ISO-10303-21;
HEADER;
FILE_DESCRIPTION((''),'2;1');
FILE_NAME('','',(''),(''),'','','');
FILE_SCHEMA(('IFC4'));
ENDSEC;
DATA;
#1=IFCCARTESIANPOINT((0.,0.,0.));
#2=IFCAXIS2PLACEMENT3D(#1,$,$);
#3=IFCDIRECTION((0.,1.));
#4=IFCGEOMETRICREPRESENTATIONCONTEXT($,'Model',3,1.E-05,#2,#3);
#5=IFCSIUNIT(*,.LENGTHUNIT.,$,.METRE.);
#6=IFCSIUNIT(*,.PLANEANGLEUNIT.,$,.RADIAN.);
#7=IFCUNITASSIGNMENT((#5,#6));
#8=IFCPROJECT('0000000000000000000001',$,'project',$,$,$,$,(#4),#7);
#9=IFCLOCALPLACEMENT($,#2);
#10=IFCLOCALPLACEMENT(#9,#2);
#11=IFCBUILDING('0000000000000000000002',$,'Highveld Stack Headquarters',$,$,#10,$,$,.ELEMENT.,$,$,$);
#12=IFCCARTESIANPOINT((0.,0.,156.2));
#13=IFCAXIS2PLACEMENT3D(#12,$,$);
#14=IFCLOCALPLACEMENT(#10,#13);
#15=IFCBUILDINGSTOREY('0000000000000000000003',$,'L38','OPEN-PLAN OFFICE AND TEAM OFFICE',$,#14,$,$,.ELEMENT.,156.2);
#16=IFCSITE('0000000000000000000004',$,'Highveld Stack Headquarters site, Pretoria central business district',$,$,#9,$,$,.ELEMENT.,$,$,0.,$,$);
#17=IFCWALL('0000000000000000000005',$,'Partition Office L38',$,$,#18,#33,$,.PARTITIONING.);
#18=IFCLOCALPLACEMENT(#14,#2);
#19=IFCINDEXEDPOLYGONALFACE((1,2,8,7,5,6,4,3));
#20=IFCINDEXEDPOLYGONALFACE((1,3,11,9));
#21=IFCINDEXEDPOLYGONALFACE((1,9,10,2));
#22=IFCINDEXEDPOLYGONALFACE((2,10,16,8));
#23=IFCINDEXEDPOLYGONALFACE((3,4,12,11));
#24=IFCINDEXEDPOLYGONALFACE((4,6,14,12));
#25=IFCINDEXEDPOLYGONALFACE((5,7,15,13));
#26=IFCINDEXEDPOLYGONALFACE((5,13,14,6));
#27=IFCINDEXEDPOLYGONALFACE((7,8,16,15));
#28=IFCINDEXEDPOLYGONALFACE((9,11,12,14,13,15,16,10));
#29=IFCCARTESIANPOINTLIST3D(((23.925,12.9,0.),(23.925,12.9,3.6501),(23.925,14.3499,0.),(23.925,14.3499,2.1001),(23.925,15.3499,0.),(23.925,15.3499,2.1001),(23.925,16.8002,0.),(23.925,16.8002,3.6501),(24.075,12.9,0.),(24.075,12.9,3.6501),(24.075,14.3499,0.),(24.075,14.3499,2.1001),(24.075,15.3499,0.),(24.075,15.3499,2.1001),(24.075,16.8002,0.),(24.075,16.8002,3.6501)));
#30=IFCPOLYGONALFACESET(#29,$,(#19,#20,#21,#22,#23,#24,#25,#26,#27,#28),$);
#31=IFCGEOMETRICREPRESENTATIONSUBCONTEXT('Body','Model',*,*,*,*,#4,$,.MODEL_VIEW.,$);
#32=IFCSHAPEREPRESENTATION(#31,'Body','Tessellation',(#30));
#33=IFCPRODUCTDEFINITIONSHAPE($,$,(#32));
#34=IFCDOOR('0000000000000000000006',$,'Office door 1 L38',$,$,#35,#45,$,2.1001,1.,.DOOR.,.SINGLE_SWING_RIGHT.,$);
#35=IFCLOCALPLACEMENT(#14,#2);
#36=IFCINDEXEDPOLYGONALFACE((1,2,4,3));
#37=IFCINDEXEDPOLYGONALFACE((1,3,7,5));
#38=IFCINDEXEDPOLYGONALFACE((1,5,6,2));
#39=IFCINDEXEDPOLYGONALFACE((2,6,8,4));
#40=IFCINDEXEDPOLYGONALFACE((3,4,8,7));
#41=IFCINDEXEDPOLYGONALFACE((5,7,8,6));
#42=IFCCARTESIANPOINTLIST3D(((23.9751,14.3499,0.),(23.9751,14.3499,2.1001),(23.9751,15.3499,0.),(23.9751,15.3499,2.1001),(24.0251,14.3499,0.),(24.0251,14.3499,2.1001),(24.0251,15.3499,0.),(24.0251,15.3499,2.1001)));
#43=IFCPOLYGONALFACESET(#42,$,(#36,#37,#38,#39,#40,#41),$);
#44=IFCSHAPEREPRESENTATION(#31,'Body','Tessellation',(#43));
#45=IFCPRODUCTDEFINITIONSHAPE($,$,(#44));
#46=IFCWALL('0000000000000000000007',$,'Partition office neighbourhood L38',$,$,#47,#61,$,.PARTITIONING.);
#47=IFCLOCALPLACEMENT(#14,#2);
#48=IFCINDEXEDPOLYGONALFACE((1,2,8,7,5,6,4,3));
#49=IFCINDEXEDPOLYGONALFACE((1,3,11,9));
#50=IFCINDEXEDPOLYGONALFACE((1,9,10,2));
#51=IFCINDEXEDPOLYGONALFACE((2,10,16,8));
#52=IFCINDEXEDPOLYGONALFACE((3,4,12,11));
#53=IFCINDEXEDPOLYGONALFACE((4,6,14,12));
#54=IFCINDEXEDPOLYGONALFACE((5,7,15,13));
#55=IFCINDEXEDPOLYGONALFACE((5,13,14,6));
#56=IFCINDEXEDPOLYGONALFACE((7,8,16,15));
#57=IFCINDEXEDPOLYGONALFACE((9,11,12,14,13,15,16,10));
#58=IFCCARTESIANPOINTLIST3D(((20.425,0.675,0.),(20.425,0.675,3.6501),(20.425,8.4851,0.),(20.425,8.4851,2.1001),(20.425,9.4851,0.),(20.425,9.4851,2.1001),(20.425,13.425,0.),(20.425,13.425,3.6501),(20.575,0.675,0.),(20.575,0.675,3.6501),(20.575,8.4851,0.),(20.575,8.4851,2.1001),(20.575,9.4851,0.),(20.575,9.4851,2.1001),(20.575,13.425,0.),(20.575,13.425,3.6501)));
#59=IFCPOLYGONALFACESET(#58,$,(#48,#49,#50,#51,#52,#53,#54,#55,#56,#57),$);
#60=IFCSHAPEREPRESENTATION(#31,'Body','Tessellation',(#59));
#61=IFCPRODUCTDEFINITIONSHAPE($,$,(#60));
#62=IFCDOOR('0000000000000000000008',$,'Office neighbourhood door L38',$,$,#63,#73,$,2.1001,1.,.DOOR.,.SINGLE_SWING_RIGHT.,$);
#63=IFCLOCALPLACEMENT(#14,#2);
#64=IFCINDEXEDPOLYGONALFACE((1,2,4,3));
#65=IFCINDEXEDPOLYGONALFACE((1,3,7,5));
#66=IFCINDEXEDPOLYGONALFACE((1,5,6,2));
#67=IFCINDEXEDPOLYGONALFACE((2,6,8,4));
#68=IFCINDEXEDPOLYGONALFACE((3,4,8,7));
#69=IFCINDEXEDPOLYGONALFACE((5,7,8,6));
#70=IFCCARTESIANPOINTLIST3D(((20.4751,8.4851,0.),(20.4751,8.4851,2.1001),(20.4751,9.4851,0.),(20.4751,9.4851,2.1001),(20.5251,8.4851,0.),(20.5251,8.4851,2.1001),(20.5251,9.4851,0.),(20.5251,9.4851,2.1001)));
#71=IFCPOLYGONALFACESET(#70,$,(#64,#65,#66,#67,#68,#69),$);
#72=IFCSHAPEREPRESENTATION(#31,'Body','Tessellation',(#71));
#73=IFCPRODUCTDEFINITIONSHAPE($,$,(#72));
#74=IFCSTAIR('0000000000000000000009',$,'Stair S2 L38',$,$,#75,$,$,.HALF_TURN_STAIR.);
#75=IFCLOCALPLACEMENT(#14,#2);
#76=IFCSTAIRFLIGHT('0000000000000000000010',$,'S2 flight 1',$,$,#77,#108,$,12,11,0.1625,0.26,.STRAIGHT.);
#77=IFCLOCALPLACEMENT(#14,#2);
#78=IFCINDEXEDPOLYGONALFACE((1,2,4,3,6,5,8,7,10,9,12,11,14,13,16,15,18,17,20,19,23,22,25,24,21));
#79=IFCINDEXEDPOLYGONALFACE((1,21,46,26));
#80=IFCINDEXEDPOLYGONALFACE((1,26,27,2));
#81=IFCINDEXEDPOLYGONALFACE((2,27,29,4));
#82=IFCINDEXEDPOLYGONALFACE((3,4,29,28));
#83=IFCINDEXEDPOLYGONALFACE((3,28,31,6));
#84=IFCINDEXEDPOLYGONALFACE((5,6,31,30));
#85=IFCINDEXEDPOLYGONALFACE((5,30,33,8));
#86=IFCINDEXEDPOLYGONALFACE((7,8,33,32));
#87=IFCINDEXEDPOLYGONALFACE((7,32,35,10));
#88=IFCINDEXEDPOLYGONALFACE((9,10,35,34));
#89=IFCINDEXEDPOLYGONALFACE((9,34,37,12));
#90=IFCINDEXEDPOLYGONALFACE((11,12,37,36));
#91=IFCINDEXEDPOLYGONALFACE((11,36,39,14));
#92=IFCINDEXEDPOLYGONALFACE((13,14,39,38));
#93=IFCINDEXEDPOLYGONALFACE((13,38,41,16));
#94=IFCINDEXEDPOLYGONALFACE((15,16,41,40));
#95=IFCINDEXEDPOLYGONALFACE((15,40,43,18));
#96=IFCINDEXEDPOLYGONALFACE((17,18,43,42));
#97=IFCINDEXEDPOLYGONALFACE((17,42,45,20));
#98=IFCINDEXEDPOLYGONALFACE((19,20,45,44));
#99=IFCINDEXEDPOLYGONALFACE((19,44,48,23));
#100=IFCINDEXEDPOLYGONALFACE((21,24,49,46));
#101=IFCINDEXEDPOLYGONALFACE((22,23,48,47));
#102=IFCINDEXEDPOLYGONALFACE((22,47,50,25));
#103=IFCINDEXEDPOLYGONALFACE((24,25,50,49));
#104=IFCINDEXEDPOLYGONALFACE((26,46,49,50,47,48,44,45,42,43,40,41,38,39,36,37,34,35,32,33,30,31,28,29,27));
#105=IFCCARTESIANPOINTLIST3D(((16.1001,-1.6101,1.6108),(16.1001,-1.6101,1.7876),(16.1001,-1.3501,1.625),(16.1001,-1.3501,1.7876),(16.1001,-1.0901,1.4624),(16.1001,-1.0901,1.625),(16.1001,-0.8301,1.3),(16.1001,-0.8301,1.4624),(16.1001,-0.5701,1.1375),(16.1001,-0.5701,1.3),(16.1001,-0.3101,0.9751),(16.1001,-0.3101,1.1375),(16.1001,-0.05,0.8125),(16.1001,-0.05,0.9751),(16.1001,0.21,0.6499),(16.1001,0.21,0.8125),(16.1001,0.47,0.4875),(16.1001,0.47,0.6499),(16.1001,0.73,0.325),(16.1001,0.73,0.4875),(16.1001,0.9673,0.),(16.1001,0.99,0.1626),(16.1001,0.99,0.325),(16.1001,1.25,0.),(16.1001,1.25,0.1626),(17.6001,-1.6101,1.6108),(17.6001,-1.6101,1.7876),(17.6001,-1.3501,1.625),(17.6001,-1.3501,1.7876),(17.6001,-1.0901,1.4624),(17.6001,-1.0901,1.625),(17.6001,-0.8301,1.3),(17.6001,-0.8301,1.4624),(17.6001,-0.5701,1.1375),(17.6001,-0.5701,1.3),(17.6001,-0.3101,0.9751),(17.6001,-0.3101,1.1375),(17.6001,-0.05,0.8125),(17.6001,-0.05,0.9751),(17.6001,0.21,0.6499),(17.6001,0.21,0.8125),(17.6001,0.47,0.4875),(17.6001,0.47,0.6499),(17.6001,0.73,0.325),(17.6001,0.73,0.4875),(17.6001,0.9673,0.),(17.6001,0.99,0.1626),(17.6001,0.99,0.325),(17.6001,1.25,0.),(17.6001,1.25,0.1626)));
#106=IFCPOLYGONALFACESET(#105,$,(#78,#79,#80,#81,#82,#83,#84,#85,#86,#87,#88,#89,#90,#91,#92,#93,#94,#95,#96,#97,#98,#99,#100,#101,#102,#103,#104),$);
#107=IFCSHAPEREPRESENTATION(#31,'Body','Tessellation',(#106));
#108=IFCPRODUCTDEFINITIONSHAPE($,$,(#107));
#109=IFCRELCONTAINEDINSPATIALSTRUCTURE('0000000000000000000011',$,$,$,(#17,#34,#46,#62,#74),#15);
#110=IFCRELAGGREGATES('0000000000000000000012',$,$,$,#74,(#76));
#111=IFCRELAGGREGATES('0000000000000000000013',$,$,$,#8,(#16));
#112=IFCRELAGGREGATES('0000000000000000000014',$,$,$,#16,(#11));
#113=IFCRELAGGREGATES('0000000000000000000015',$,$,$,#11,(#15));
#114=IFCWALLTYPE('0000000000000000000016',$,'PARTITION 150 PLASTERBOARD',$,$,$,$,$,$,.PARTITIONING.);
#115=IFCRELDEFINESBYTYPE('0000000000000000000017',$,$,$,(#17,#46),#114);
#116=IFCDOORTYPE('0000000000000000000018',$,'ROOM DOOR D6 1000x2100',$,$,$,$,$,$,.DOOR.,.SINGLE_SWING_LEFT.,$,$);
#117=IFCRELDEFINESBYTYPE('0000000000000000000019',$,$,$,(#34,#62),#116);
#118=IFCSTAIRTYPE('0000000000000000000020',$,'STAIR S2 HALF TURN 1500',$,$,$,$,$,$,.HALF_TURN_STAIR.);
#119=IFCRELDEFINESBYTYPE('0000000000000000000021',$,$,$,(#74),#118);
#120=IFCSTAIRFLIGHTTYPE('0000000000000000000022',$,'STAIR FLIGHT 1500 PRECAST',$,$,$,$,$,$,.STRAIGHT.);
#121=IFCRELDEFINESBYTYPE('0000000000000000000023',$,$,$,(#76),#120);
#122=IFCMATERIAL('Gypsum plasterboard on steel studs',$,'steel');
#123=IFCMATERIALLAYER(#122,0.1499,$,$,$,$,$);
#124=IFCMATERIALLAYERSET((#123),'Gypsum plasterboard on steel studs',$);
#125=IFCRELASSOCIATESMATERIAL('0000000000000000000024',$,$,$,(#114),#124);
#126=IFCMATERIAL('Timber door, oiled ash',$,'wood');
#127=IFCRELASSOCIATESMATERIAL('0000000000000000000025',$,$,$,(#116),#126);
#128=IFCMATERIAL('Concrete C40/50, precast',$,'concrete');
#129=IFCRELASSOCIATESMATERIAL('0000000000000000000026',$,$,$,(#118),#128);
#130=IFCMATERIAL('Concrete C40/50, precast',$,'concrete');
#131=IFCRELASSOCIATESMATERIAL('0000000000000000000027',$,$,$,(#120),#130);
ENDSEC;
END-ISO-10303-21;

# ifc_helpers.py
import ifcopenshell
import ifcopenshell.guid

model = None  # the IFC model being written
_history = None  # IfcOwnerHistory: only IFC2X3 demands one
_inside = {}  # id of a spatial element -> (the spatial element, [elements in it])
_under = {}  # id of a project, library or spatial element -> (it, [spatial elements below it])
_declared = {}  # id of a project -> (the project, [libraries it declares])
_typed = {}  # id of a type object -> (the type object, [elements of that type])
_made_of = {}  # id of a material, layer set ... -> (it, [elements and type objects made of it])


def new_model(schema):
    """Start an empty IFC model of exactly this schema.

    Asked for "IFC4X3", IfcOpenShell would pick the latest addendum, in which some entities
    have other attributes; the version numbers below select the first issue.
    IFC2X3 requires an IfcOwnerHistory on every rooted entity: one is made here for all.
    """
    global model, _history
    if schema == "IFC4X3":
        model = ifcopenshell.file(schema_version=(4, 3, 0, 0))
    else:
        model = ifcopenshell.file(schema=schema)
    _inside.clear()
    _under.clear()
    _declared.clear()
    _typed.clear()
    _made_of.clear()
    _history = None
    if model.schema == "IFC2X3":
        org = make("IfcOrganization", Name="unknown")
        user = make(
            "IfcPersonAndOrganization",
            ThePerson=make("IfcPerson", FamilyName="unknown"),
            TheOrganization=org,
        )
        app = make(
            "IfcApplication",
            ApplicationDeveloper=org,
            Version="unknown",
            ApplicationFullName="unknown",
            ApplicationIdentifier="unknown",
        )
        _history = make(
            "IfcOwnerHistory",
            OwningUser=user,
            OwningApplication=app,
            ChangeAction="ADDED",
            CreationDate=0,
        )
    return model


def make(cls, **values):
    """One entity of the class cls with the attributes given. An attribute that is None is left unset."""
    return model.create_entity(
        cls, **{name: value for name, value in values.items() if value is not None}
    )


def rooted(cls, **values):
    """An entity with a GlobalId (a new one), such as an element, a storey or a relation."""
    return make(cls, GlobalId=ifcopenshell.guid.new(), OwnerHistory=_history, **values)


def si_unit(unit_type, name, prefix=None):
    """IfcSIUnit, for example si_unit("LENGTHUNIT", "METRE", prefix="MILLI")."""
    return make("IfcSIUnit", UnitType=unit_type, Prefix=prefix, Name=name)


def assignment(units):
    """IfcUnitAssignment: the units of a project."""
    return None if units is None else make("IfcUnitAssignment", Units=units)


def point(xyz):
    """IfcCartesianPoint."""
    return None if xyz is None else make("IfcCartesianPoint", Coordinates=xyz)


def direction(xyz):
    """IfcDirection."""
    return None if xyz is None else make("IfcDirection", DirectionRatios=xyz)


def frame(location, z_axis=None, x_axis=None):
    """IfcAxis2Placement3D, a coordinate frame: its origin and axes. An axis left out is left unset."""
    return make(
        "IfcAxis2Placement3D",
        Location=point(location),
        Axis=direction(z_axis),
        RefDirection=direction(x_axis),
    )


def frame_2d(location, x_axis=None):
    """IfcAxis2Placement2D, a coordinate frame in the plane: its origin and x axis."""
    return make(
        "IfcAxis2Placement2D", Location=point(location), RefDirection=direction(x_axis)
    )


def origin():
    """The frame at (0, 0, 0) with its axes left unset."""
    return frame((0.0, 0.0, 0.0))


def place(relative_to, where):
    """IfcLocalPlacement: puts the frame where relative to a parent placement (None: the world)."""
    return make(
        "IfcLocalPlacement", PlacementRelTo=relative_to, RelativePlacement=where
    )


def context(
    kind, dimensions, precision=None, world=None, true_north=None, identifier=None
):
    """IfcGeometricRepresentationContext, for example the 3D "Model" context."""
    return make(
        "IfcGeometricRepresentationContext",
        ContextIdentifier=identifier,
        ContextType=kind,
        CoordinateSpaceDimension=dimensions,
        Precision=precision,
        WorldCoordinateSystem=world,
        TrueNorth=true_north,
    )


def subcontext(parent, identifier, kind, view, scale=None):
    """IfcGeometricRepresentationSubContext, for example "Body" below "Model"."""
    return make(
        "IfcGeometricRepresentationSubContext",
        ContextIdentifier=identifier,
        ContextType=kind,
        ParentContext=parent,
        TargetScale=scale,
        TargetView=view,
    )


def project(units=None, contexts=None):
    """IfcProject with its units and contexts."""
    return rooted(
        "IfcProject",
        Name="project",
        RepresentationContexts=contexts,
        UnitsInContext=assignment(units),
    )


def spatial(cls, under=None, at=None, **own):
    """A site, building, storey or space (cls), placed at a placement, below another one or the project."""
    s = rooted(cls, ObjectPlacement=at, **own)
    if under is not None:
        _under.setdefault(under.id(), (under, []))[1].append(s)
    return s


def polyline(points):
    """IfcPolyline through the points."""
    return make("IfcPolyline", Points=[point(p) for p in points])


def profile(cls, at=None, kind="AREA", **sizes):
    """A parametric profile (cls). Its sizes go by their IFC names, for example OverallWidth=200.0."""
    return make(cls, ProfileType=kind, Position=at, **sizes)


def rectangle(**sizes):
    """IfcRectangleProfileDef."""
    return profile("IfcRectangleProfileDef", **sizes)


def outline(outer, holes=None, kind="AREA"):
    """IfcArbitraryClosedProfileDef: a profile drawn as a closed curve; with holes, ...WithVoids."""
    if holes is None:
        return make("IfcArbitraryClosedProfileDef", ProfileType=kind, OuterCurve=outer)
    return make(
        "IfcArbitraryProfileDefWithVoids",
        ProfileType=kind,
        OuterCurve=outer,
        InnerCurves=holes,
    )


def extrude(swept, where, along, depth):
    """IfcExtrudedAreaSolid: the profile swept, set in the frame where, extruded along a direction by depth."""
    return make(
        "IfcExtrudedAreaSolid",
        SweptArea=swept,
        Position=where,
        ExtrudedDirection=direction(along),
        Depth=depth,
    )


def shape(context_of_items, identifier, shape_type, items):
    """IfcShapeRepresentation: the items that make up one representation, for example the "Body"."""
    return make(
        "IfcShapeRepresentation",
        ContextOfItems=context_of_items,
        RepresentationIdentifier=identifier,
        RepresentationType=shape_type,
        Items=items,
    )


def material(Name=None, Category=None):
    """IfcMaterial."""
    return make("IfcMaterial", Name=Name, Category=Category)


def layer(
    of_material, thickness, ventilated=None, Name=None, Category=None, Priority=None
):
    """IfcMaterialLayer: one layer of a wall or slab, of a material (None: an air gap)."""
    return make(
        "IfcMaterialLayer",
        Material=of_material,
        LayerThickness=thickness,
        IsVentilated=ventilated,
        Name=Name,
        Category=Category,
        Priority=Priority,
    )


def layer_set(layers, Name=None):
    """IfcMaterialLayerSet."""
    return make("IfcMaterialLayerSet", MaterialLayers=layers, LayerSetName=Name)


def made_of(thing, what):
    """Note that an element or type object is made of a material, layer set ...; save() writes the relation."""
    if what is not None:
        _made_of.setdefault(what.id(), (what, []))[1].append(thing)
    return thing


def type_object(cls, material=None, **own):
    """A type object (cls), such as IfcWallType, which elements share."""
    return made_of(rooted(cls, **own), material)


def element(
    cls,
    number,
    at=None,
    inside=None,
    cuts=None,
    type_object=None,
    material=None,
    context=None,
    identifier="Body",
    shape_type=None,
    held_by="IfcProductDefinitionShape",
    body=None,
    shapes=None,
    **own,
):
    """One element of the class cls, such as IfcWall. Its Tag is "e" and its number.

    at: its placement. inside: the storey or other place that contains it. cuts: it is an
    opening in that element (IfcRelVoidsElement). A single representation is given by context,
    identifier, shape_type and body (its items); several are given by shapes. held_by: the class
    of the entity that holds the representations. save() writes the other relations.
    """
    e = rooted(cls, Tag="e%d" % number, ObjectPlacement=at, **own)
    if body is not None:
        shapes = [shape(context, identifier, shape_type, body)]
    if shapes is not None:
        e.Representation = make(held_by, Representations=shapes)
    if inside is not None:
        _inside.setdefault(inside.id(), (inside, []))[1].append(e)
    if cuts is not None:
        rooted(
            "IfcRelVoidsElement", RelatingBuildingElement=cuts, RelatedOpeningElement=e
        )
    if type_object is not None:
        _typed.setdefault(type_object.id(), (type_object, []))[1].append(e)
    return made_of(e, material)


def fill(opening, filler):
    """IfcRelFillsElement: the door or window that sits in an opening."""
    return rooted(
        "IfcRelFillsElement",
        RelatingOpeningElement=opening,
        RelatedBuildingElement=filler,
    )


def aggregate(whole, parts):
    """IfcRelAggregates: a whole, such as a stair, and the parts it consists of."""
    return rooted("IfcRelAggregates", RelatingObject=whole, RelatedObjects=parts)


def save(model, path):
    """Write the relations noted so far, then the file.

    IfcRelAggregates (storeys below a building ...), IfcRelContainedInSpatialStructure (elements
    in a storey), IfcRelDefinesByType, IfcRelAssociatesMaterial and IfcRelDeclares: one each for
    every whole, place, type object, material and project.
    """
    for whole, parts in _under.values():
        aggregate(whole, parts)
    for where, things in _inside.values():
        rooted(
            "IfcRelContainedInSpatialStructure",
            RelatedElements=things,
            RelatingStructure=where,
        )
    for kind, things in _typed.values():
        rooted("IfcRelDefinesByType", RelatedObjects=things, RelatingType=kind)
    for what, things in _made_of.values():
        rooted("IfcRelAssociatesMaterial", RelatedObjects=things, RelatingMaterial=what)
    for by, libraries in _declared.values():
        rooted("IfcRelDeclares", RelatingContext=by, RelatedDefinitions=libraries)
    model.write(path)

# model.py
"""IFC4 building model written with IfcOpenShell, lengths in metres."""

from ifc_helpers import new_model, si_unit, direction, frame, frame_2d, origin, place, context, subcontext, project, spatial, polyline, rectangle, outline, extrude, material, layer, layer_set, type_object, element, fill, aggregate, save


model = new_model("IFC4")

# Units and contexts
model_context = context("Model", 3, precision=1e-05, world=origin(), true_north=direction((0.0, 1.0)))
body_context = subcontext(model_context, "Body", "Model", "MODEL_VIEW")
ifc_project = project(units=[si_unit("LENGTHUNIT", "METRE"), si_unit("PLANEANGLEUNIT", "RADIAN")], contexts=[model_context])

# Site, building, storey
site_placement = place(None, origin())
site = spatial("IfcSite", under=ifc_project, at=site_placement, Name="Highveld Stack Headquarters site, Pretoria central business district", CompositionType="ELEMENT", RefElevation=0.0)
building_placement = place(site_placement, origin())
building = spatial("IfcBuilding", under=site, at=building_placement, Name="Highveld Stack Headquarters", CompositionType="ELEMENT")
storey_placement = place(building_placement, frame((0.0, 0.0, 156.2)))
storey = spatial("IfcBuildingStorey", under=building, at=storey_placement, Name="L38", Description="OPEN-PLAN OFFICE AND TEAM OFFICE", CompositionType="ELEMENT", Elevation=156.2)

# Walls, openings, doors
ifc_material_1 = material(Name="Gypsum plasterboard on steel studs", Category="steel")
ifc_layer_1 = layer(ifc_material_1, 0.1499)
ifc_layer_set_1 = layer_set([ifc_layer_1], Name="Gypsum plasterboard on steel studs")
wall_type_1 = type_object("IfcWallType", Name="PARTITION 150 PLASTERBOARD", PredefinedType="PARTITIONING", material=ifc_layer_set_1)
wall_1_placement = place(storey_placement, frame((24.0, 12.8999, 0.0), z_axis=(0.0, 0.0, 1.0), x_axis=(0.0, 1.0, 0.0)))
wall_1 = element("IfcWall", 1, at=wall_1_placement, inside=storey, type_object=wall_type_1, Name="Partition Office L38", PredefinedType="PARTITIONING", context=body_context, shape_type="SweptSolid", body=[
    extrude(rectangle(XDim=3.9001, YDim=0.1499, at=frame_2d((1.9502, 0.0))), origin(), (0.0, 0.0, 1.0), 3.6501),
])
opening_1_placement = place(wall_1_placement, frame((1.45, 0.0, 0.0)))
opening_1 = element("IfcOpeningElement", 2, at=opening_1_placement, cuts=wall_1, PredefinedType="OPENING", context=body_context, shape_type="SweptSolid", body=[
    extrude(rectangle(XDim=1.0, YDim=2.1001, at=frame_2d((0.5, 1.05))), frame((0.0, 0.085, 0.0), z_axis=(0.0, -1.0, 0.0), x_axis=(1.0, 0.0, 0.0)), (0.0, 0.0, 1.0), 0.1699),
])
ifc_material_2 = material(Name="Timber door, oiled ash", Category="wood")
door_type_1 = type_object("IfcDoorType", Name="ROOM DOOR D6 1000x2100", OperationType="SINGLE_SWING_LEFT", PredefinedType="DOOR", material=ifc_material_2)
door_1_placement = place(opening_1_placement, origin())
door_1 = element("IfcDoor", 3, at=door_1_placement, inside=storey, type_object=door_type_1, Name="Office door 1 L38", OperationType="SINGLE_SWING_RIGHT", OverallHeight=2.1001, OverallWidth=1.0, PredefinedType="DOOR", context=body_context, shape_type="SweptSolid", body=[
    extrude(rectangle(XDim=1.0, YDim=2.1001, at=frame_2d((0.5, 1.05))), frame((0.0, 0.0249, 0.0), z_axis=(0.0, -1.0, 0.0), x_axis=(1.0, 0.0, 0.0)), (0.0, 0.0, 1.0), 0.05),
])
fill(opening_1, door_1)
wall_2_placement = place(storey_placement, frame((20.5, 0.675, 0.0), z_axis=(0.0, 0.0, 1.0), x_axis=(0.0, 1.0, 0.0)))
wall_2 = element("IfcWall", 4, at=wall_2_placement, inside=storey, type_object=wall_type_1, Name="Partition office neighbourhood L38", PredefinedType="PARTITIONING", context=body_context, shape_type="SweptSolid", body=[
    extrude(rectangle(XDim=12.75, YDim=0.1499, at=frame_2d((6.375, 0.0))), origin(), (0.0, 0.0, 1.0), 3.6501),
])
opening_2_placement = place(wall_2_placement, frame((7.8101, 0.0, 0.0)))
opening_2 = element("IfcOpeningElement", 5, at=opening_2_placement, cuts=wall_2, PredefinedType="OPENING", context=body_context, shape_type="SweptSolid", body=[
    extrude(rectangle(XDim=1.0, YDim=2.1001, at=frame_2d((0.5, 1.05))), frame((0.0, 0.085, 0.0), z_axis=(0.0, -1.0, 0.0), x_axis=(1.0, 0.0, 0.0)), (0.0, 0.0, 1.0), 0.1699),
])
door_2_placement = place(opening_2_placement, origin())
door_2 = element("IfcDoor", 6, at=door_2_placement, inside=storey, type_object=door_type_1, Name="Office neighbourhood door L38", OperationType="SINGLE_SWING_RIGHT", OverallHeight=2.1001, OverallWidth=1.0, PredefinedType="DOOR", context=body_context, shape_type="SweptSolid", body=[
    extrude(rectangle(XDim=1.0, YDim=2.1001, at=frame_2d((0.5, 1.05))), frame((0.0, 0.0249, 0.0), z_axis=(0.0, -1.0, 0.0), x_axis=(1.0, 0.0, 0.0)), (0.0, 0.0, 1.0), 0.05),
])
fill(opening_2, door_2)

# Stair, stair flight
ifc_material_3 = material(Name="Concrete C40/50, precast", Category="concrete")
stair_type = type_object("IfcStairType", Name="STAIR S2 HALF TURN 1500", PredefinedType="HALF_TURN_STAIR", material=ifc_material_3)
stair_placement = place(storey_placement, origin())
stair = element("IfcStair", 7, at=stair_placement, inside=storey, type_object=stair_type, Name="Stair S2 L38", PredefinedType="HALF_TURN_STAIR")
ifc_material_4 = material(Name="Concrete C40/50, precast", Category="concrete")
stair_flight_type = type_object("IfcStairFlightType", Name="STAIR FLIGHT 1500 PRECAST", PredefinedType="STRAIGHT", material=ifc_material_4)
stair_flight_placement = place(storey_placement, frame((16.8501, 1.25, 0.0), z_axis=(0.0, 0.0, 1.0), x_axis=(0.0, -1.0, 0.0)))
stair_flight = element("IfcStairFlight", 8, at=stair_flight_placement, type_object=stair_flight_type, Name="S2 flight 1", NumberOfRisers=12, NumberOfTreads=11, PredefinedType="STRAIGHT", RiserHeight=0.1625, TreadLength=0.26, context=body_context, shape_type="SweptSolid", body=[
    extrude(outline(polyline([(0.0, 0.0), (0.0, 0.1626), (0.26, 0.1626), (0.26, 0.325), (0.52, 0.325), (0.52, 0.4875), (0.78, 0.4875), (0.78, 0.6499), (1.04, 0.6499), (1.04, 0.8125), (1.3, 0.8125), (1.3, 0.9751), (1.5601, 0.9751), (1.5601, 1.1375), (1.8201, 1.1375), (1.8201, 1.3), (2.0801, 1.3), (2.0801, 1.4624), (2.3401, 1.4624), (2.3401, 1.625), (2.6001, 1.625), (2.6001, 1.7876), (2.8601, 1.7876), (2.8601, 1.95), (2.8601, 1.6108), (0.2827, 0.0), (0.0, 0.0)])), frame((0.0, 0.75, 0.0), z_axis=(0.0, -1.0, 0.0), x_axis=(1.0, 0.0, 0.0)), (0.0, 0.0, 1.0), 1.5),
])
aggregate(stair, [stair_flight])

save(model, "model.ifc")
